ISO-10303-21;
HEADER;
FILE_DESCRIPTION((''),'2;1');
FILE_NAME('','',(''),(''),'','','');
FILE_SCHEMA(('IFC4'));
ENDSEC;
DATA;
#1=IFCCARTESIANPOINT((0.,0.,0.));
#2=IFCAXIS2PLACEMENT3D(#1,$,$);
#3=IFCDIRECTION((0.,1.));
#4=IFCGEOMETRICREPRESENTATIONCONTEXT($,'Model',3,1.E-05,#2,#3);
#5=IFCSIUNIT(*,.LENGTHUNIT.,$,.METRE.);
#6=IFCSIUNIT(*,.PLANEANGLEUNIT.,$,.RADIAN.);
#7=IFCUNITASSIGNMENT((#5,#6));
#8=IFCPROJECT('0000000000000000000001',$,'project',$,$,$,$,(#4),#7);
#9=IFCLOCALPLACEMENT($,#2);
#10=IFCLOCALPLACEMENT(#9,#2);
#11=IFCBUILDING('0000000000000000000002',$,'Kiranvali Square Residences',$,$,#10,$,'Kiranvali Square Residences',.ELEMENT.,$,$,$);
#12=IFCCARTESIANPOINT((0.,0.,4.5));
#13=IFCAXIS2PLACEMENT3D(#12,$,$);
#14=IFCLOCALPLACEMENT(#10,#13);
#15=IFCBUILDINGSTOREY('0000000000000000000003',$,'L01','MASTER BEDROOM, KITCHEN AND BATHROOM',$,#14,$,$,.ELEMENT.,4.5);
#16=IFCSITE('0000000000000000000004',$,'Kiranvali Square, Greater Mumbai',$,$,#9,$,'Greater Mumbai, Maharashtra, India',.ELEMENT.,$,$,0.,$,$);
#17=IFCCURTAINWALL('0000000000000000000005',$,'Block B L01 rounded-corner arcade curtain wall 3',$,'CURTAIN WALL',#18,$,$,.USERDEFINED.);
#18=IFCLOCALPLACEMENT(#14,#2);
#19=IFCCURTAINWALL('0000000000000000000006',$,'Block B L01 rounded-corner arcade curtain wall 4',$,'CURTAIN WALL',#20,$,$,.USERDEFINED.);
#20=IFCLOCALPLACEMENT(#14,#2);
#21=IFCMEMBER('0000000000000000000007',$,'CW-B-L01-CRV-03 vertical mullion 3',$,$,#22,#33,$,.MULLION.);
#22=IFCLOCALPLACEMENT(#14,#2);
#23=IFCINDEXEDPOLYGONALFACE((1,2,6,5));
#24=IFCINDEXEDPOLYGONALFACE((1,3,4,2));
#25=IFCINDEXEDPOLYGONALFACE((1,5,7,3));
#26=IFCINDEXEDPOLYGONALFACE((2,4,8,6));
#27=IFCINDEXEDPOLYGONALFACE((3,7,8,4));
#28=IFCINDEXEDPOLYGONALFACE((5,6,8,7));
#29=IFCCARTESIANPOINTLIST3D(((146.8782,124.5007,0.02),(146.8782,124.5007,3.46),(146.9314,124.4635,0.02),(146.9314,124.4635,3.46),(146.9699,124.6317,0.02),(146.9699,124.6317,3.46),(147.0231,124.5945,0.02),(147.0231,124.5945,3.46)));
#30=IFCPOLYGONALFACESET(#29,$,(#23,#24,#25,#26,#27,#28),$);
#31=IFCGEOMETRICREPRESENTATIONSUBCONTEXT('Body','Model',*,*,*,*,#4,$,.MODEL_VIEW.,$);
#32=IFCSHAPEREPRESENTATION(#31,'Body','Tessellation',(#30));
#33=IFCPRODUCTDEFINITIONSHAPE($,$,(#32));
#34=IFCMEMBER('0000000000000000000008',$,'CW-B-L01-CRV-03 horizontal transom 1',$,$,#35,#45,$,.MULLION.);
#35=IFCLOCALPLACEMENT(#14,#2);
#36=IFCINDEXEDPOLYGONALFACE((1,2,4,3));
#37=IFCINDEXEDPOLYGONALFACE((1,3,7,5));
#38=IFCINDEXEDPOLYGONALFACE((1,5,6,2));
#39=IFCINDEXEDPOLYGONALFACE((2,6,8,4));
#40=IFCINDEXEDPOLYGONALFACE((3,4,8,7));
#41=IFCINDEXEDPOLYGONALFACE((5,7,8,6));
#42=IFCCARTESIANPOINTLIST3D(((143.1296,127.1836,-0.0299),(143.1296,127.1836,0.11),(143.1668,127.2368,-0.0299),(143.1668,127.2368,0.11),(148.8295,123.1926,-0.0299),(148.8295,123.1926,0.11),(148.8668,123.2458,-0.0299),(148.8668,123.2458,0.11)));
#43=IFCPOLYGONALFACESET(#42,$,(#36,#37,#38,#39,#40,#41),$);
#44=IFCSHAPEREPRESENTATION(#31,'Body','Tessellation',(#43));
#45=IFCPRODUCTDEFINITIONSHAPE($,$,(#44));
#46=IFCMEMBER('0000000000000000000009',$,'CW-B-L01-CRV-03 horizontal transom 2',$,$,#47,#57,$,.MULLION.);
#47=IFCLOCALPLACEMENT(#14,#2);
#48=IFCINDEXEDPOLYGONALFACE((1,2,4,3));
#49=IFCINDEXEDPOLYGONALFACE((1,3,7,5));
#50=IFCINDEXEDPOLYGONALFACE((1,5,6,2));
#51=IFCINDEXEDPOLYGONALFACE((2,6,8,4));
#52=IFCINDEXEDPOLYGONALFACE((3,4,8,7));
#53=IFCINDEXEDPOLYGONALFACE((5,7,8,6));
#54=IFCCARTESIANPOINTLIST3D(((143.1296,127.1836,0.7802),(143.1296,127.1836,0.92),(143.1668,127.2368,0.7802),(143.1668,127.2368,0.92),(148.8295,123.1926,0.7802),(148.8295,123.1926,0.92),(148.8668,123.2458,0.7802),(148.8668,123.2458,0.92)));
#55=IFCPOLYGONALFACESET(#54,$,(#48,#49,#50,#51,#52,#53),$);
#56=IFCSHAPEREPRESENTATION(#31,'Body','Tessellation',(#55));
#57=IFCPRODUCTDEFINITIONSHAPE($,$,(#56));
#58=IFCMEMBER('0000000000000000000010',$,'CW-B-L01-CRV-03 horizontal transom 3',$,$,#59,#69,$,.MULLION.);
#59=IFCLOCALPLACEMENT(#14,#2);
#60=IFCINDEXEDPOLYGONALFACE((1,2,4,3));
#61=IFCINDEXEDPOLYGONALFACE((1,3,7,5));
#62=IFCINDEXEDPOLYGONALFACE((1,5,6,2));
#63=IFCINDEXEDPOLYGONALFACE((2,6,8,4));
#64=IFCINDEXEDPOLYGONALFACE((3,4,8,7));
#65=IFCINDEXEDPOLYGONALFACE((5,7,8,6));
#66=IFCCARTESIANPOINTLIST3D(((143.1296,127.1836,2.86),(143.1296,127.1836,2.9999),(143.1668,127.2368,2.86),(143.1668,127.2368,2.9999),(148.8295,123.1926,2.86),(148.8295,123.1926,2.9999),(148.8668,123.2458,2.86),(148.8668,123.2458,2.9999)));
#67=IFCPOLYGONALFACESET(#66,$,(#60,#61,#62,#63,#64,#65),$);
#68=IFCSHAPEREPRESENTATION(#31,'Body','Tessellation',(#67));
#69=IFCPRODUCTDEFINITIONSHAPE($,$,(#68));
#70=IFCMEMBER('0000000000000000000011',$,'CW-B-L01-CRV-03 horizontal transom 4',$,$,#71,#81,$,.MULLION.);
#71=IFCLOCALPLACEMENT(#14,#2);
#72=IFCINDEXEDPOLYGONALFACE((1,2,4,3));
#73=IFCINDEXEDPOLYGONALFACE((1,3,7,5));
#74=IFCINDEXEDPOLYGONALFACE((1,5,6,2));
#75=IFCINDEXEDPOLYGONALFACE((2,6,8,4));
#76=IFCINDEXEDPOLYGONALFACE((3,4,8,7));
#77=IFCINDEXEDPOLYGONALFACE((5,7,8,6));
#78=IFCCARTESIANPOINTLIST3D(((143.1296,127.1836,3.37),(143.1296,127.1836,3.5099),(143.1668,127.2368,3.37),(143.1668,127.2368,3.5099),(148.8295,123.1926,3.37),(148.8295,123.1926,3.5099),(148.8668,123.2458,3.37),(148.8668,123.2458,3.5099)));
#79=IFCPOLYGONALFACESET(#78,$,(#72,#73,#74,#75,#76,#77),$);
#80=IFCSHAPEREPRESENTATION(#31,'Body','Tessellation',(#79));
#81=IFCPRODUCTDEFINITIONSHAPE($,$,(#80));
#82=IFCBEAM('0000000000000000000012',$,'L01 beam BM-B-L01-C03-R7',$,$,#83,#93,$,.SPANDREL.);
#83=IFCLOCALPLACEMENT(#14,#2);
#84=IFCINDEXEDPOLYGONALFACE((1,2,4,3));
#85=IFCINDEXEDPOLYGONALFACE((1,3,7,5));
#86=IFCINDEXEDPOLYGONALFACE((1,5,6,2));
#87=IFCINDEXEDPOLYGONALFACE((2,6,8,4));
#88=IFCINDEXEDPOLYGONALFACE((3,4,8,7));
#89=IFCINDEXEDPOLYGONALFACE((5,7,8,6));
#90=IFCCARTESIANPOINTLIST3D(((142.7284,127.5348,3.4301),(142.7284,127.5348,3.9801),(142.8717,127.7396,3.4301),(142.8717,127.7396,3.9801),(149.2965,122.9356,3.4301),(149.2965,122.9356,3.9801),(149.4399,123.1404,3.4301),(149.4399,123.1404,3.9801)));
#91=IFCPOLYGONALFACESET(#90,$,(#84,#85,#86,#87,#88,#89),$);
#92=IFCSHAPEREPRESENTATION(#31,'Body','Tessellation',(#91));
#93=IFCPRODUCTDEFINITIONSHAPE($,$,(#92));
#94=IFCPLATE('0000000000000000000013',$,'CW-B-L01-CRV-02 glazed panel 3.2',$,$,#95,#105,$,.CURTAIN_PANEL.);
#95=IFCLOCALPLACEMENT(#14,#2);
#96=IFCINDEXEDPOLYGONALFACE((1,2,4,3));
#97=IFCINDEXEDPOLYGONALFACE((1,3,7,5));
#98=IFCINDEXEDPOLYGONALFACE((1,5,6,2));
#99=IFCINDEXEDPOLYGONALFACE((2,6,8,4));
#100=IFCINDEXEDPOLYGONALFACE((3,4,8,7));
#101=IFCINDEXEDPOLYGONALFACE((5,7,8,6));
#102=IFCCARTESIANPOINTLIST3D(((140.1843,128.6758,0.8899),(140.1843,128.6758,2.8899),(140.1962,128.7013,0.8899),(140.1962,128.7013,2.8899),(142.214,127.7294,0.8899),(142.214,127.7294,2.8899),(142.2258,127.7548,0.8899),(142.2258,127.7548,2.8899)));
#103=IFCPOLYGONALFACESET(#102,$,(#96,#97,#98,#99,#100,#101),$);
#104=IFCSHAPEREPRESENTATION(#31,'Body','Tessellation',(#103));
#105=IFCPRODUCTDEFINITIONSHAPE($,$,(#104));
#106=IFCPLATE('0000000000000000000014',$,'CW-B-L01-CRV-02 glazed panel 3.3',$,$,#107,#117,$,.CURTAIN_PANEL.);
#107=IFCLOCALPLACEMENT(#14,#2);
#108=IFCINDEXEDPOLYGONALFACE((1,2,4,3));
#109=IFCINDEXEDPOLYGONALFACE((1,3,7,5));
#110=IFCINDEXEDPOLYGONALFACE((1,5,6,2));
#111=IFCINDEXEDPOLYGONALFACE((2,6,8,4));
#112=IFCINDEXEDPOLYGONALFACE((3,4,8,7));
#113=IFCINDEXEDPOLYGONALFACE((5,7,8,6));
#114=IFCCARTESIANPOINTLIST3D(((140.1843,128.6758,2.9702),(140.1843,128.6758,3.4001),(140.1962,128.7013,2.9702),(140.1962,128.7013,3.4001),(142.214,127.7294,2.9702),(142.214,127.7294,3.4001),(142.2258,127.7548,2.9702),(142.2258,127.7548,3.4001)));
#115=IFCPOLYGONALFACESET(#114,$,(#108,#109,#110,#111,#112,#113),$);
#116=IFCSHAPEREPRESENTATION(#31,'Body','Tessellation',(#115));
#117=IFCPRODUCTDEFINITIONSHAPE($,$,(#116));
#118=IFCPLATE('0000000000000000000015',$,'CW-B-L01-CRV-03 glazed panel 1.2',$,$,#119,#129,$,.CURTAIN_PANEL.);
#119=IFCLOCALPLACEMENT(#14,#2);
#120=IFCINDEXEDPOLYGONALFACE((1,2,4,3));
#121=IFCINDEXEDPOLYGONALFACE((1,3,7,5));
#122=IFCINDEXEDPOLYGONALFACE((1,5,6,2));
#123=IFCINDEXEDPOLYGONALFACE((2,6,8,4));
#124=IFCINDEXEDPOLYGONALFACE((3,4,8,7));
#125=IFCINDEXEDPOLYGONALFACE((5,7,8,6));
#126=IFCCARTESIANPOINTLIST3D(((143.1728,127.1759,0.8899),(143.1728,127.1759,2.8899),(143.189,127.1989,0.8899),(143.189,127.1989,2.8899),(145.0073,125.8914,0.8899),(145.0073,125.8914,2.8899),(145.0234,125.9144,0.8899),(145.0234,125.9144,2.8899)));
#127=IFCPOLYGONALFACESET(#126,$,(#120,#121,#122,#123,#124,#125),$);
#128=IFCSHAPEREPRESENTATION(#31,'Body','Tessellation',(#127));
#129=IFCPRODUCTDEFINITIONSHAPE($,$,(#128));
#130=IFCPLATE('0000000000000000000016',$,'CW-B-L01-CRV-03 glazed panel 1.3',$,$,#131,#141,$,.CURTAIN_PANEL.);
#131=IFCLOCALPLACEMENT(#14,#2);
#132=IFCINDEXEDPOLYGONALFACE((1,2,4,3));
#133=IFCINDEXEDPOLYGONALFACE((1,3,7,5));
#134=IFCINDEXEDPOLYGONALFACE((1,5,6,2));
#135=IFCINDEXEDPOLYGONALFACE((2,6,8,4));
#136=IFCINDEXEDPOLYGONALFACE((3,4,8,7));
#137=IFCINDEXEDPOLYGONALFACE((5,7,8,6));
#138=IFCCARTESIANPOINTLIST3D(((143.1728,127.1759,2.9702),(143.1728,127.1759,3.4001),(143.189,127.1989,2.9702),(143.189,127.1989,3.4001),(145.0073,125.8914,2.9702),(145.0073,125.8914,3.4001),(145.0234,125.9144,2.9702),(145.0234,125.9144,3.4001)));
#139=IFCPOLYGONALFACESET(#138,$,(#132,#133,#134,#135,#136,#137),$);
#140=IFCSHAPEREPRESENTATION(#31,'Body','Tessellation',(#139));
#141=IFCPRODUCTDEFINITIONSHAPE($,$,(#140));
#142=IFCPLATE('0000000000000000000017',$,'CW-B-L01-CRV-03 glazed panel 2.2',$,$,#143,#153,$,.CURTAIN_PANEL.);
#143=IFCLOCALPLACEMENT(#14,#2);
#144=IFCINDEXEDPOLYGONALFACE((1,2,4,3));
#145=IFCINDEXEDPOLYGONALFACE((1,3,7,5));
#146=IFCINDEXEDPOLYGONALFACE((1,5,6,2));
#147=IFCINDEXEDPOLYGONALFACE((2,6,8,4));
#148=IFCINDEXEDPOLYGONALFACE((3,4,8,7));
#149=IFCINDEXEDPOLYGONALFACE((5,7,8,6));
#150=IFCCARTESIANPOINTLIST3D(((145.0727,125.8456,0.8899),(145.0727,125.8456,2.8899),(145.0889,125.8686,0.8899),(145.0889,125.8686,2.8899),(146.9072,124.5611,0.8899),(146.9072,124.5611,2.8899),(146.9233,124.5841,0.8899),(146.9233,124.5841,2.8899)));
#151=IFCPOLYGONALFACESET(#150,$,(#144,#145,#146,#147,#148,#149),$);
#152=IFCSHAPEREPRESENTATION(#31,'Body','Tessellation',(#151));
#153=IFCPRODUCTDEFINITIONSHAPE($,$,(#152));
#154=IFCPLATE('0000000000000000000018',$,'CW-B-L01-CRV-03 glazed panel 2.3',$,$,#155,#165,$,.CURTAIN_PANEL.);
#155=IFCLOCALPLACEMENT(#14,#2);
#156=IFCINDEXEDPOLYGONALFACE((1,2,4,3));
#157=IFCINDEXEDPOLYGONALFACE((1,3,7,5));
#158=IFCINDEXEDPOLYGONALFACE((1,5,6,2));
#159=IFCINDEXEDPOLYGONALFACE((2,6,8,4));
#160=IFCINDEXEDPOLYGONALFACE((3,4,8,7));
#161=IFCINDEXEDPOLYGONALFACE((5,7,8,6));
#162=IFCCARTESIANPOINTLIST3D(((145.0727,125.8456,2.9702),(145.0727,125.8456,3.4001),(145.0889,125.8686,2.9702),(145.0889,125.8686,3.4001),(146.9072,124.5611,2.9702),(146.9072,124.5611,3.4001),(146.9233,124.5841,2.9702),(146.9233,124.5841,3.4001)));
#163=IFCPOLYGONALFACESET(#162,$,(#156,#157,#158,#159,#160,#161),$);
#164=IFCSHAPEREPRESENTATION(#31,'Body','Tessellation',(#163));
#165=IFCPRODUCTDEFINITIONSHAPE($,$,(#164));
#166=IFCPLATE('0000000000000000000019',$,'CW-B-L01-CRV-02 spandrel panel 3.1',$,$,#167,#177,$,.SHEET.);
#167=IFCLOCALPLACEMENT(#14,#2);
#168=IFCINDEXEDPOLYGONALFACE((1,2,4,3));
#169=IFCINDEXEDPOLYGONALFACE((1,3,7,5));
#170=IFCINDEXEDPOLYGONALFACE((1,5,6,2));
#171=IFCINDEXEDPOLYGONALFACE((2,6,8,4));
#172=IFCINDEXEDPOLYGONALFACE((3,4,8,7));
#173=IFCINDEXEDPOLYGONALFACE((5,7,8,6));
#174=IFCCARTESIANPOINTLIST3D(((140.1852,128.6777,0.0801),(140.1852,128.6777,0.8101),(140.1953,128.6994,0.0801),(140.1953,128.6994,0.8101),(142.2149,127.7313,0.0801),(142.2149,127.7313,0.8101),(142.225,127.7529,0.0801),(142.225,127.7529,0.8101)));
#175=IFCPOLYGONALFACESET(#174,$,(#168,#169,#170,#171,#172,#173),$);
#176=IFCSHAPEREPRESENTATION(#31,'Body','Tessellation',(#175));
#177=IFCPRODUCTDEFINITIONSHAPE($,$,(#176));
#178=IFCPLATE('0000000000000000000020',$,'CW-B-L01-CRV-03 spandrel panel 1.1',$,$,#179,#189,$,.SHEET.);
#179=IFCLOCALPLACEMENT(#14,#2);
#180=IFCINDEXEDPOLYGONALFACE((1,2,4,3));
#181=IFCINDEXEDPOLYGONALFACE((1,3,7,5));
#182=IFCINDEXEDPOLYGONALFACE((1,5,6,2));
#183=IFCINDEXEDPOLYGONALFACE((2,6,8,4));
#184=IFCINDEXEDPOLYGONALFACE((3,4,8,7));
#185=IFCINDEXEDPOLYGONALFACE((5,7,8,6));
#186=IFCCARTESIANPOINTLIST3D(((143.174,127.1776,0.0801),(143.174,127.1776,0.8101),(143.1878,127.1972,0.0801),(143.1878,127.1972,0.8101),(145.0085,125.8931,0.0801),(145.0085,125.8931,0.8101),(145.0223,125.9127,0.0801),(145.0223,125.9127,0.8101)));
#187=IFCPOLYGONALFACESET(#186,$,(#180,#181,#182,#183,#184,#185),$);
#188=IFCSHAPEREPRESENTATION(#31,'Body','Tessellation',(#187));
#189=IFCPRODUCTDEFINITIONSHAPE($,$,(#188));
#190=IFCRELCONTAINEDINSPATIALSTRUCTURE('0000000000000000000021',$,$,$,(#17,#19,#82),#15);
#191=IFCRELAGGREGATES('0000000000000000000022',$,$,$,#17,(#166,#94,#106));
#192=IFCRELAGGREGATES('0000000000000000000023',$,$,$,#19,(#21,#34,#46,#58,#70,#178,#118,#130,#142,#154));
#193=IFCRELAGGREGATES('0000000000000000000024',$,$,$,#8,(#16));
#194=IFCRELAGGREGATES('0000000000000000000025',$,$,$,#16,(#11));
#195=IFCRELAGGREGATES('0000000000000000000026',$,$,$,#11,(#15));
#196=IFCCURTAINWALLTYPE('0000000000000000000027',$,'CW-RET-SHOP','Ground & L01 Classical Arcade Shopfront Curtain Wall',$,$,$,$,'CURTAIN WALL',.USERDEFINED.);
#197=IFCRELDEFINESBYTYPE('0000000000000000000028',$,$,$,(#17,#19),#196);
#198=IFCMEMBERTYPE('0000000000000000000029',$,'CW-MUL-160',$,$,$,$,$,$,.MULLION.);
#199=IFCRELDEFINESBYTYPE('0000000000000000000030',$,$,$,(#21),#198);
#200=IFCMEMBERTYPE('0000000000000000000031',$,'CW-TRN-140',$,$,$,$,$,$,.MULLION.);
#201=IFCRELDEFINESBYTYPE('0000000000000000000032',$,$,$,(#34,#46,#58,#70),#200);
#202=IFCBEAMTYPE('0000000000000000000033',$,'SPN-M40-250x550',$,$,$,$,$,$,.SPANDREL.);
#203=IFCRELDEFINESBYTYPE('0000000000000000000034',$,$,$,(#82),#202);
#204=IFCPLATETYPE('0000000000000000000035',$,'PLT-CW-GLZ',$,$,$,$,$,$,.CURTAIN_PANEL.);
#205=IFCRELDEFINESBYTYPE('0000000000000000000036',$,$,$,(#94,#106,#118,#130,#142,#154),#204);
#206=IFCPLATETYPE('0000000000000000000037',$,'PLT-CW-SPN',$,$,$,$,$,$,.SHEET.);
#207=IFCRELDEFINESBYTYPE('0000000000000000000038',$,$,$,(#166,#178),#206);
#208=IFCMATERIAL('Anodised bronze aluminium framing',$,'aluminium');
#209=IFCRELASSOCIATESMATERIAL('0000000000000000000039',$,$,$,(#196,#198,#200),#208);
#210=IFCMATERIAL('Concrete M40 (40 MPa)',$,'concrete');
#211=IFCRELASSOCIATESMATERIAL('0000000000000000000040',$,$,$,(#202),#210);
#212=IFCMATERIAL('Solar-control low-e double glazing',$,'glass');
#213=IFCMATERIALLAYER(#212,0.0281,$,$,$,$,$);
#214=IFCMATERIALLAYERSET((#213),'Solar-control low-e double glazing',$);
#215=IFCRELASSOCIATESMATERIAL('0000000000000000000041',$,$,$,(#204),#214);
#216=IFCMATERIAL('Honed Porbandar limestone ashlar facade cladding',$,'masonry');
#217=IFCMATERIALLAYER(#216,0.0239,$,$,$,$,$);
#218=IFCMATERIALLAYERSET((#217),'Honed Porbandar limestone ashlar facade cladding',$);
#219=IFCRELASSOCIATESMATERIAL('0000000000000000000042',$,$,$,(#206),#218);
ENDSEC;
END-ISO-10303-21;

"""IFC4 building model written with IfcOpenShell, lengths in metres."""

from ifc_helpers import new_model, si_unit, direction, frame, origin, origin_2d, place, context, subcontext, project, spatial, rectangle, extrude, material, layer, layer_set, material_profile, profile_set, type_object, element, aggregate, save


model = new_model("IFC4")

# Units and contexts
model_context = context("Model", 3, precision=1e-05, world=origin(), true_north=direction((0.0, 1.0)))
body_context = subcontext(model_context, "Body", "Model", "MODEL_VIEW")
ifc_project = project(units=[si_unit("LENGTHUNIT", "METRE"), si_unit("PLANEANGLEUNIT", "RADIAN")], contexts=[model_context])

# Site, building, storey
site_placement = place(None, origin())
site = spatial("IfcSite", under=ifc_project, at=site_placement, Name="Kiranvali Square, Greater Mumbai", LongName="Greater Mumbai, Maharashtra, India", CompositionType="ELEMENT", RefElevation=0.0)
building_placement = place(site_placement, origin())
building = spatial("IfcBuilding", under=site, at=building_placement, Name="Kiranvali Square Residences", LongName="Kiranvali Square Residences", CompositionType="ELEMENT")
storey_placement = place(building_placement, frame((0.0, 0.0, 4.5)))
storey = spatial("IfcBuildingStorey", under=building, at=storey_placement, Name="L01", Description="MASTER BEDROOM, KITCHEN AND BATHROOM", CompositionType="ELEMENT", Elevation=4.5)

# Shared definitions
ifc_material_1 = material(Name="Concrete M40 (40 MPa)", Category="concrete")

# Curtain walls, members
ifc_material_2 = material(Name="Anodised bronze aluminium framing", Category="aluminium")
curtain_wall_type = type_object("IfcCurtainWallType", Name="CW-RET-SHOP", Description="Ground & L01 Classical Arcade Shopfront Curtain Wall", ElementType="CURTAIN WALL", PredefinedType="USERDEFINED", material=ifc_material_2)
curtain_wall_1_placement = place(storey_placement, origin())
curtain_wall_1 = element("IfcCurtainWall", 1, at=curtain_wall_1_placement, inside=storey, type_object=curtain_wall_type, Name="Block B L01 rounded-corner arcade curtain wall 3", ObjectType="CURTAIN WALL", PredefinedType="USERDEFINED")
ifc_material_profile_1 = material_profile(ifc_material_2, rectangle(XDim=0.0649, YDim=0.1599, at=origin_2d()), Name="ALU 65x160")
ifc_profile_set_1 = profile_set([ifc_material_profile_1], Name="Anodised bronze aluminium framing")
member_type_1 = type_object("IfcMemberType", Name="CW-MUL-160", PredefinedType="MULLION", material=ifc_profile_set_1)
curtain_wall_2_placement = place(storey_placement, origin())
curtain_wall_2 = element("IfcCurtainWall", 2, at=curtain_wall_2_placement, inside=storey, type_object=curtain_wall_type, Name="Block B L01 rounded-corner arcade curtain wall 4", ObjectType="CURTAIN WALL", PredefinedType="USERDEFINED")
member_1_placement = place(storey_placement, frame((146.9507, 124.5476, 0.02), z_axis=(0.0, 0.0, 1.0), x_axis=(0.819152, -0.573576, 0.0)))
member_1 = element("IfcMember", 3, at=member_1_placement, type_object=member_type_1, Name="CW-B-L01-CRV-03 vertical mullion 3", PredefinedType="MULLION", context=body_context, shape_type="SweptSolid", body=[
    extrude(rectangle(XDim=0.0649, YDim=0.1599, at=origin_2d()), origin(), (0.0, 0.0, 1.0), 3.4399),
])
ifc_material_profile_2 = material_profile(ifc_material_2, rectangle(XDim=0.0649, YDim=0.1399, at=origin_2d()), Name="ALU 65x140")
ifc_profile_set_2 = profile_set([ifc_material_profile_2], Name="Anodised bronze aluminium framing")
member_type_2 = type_object("IfcMemberType", Name="CW-TRN-140", PredefinedType="MULLION", material=ifc_profile_set_2)
member_2_placement = place(storey_placement, frame((143.1482, 127.2102, 0.04), z_axis=(0.819164, -0.573559, 0.0), x_axis=(0.573559, 0.819164, 0.0)))
member_2 = element("IfcMember", 4, at=member_2_placement, type_object=member_type_2, Name="CW-B-L01-CRV-03 horizontal transom 1", PredefinedType="MULLION", context=body_context, shape_type="SweptSolid", body=[
    extrude(rectangle(XDim=0.0649, YDim=0.1399, at=origin_2d()), origin(), (0.0, 0.0, 1.0), 6.9583),
])
member_3_placement = place(storey_placement, frame((143.1482, 127.2102, 0.8501), z_axis=(0.819164, -0.573559, 0.0), x_axis=(0.573559, 0.819164, 0.0)))
member_3 = element("IfcMember", 5, at=member_3_placement, type_object=member_type_2, Name="CW-B-L01-CRV-03 horizontal transom 2", PredefinedType="MULLION", context=body_context, shape_type="SweptSolid", body=[
    extrude(rectangle(XDim=0.0649, YDim=0.1399, at=origin_2d()), origin(), (0.0, 0.0, 1.0), 6.9583),
])
member_4_placement = place(storey_placement, frame((143.1482, 127.2102, 2.9299), z_axis=(0.819164, -0.573559, 0.0), x_axis=(0.573559, 0.819164, 0.0)))
member_4 = element("IfcMember", 6, at=member_4_placement, type_object=member_type_2, Name="CW-B-L01-CRV-03 horizontal transom 3", PredefinedType="MULLION", context=body_context, shape_type="SweptSolid", body=[
    extrude(rectangle(XDim=0.0649, YDim=0.1399, at=origin_2d()), origin(), (0.0, 0.0, 1.0), 6.9583),
])
member_5_placement = place(storey_placement, frame((143.1482, 127.2102, 3.4399), z_axis=(0.819164, -0.573559, 0.0), x_axis=(0.573559, 0.819164, 0.0)))
member_5 = element("IfcMember", 7, at=member_5_placement, type_object=member_type_2, Name="CW-B-L01-CRV-03 horizontal transom 4", PredefinedType="MULLION", context=body_context, shape_type="SweptSolid", body=[
    extrude(rectangle(XDim=0.0649, YDim=0.1399, at=origin_2d()), origin(), (0.0, 0.0, 1.0), 6.9583),
])

# Beam
ifc_material_profile_3 = material_profile(ifc_material_1, rectangle(XDim=0.25, YDim=0.55, at=origin_2d()), Name="RC 250x550")
ifc_profile_set_3 = profile_set([ifc_material_profile_3], Name="Concrete M40 (40 MPa)")
beam_type_1 = type_object("IfcBeamType", Name="SPN-M40-250x550", PredefinedType="SPANDREL", material=ifc_profile_set_3)
beam_1_placement = place(storey_placement, frame((142.8, 127.6372, 3.7051), z_axis=(0.819148, -0.573583, 0.0), x_axis=(0.573583, 0.819148, 0.0)))
element("IfcBeam", 8, at=beam_1_placement, inside=storey, type_object=beam_type_1, Name="L01 beam BM-B-L01-C03-R7", PredefinedType="SPANDREL", context=body_context, shape_type="SweptSolid", body=[
    extrude(rectangle(XDim=0.25, YDim=0.55, at=origin_2d()), origin(), (0.0, 0.0, 1.0), 8.0183),
])

# Plates
ifc_material_3 = material(Name="Solar-control low-e double glazing", Category="glass")
ifc_layer_1 = layer(ifc_material_3, 0.0281)
ifc_layer_set_1 = layer_set([ifc_layer_1], Name="Solar-control low-e double glazing")
plate_type_1 = type_object("IfcPlateType", Name="PLT-CW-GLZ", PredefinedType="CURTAIN_PANEL", material=ifc_layer_set_1)
plate_1_placement = place(storey_placement, frame((141.2051, 128.2153, 0.8899), z_axis=(0.0, 0.0, 1.0), x_axis=(0.906308, -0.422618, 0.0)))
plate_1 = element("IfcPlate", 9, at=plate_1_placement, type_object=plate_type_1, Name="CW-B-L01-CRV-02 glazed panel 3.2", PredefinedType="CURTAIN_PANEL", context=body_context, shape_type="SweptSolid", body=[
    extrude(rectangle(XDim=2.2395, YDim=0.0281, at=origin_2d()), origin(), (0.0, 0.0, 1.0), 2.0),
])
plate_2_placement = place(storey_placement, frame((141.2051, 128.2153, 2.9702), z_axis=(0.0, 0.0, 1.0), x_axis=(0.906308, -0.422618, 0.0)))
plate_2 = element("IfcPlate", 10, at=plate_2_placement, type_object=plate_type_1, Name="CW-B-L01-CRV-02 glazed panel 3.3", PredefinedType="CURTAIN_PANEL", context=body_context, shape_type="SweptSolid", body=[
    extrude(rectangle(XDim=2.2395, YDim=0.0281, at=origin_2d()), origin(), (0.0, 0.0, 1.0), 0.4299),
])
plate_3_placement = place(storey_placement, frame((144.0981, 126.5452, 0.8899), z_axis=(0.0, 0.0, 1.0), x_axis=(0.819152, -0.573576, 0.0)))
plate_3 = element("IfcPlate", 11, at=plate_3_placement, type_object=plate_type_1, Name="CW-B-L01-CRV-03 glazed panel 1.2", PredefinedType="CURTAIN_PANEL", context=body_context, shape_type="SweptSolid", body=[
    extrude(rectangle(XDim=2.2395, YDim=0.0281, at=origin_2d()), origin(), (0.0, 0.0, 1.0), 2.0),
])
plate_4_placement = place(storey_placement, frame((144.0981, 126.5452, 2.9702), z_axis=(0.0, 0.0, 1.0), x_axis=(0.819152, -0.573576, 0.0)))
plate_4 = element("IfcPlate", 12, at=plate_4_placement, type_object=plate_type_1, Name="CW-B-L01-CRV-03 glazed panel 1.3", PredefinedType="CURTAIN_PANEL", context=body_context, shape_type="SweptSolid", body=[
    extrude(rectangle(XDim=2.2395, YDim=0.0281, at=origin_2d()), origin(), (0.0, 0.0, 1.0), 0.4299),
])
plate_5_placement = place(storey_placement, frame((145.998, 125.2148, 0.8899), z_axis=(0.0, 0.0, 1.0), x_axis=(0.819152, -0.573576, 0.0)))
plate_5 = element("IfcPlate", 13, at=plate_5_placement, type_object=plate_type_1, Name="CW-B-L01-CRV-03 glazed panel 2.2", PredefinedType="CURTAIN_PANEL", context=body_context, shape_type="SweptSolid", body=[
    extrude(rectangle(XDim=2.2395, YDim=0.0281, at=origin_2d()), origin(), (0.0, 0.0, 1.0), 2.0),
])
plate_6_placement = place(storey_placement, frame((145.998, 125.2148, 2.9702), z_axis=(0.0, 0.0, 1.0), x_axis=(0.819152, -0.573576, 0.0)))
plate_6 = element("IfcPlate", 14, at=plate_6_placement, type_object=plate_type_1, Name="CW-B-L01-CRV-03 glazed panel 2.3", PredefinedType="CURTAIN_PANEL", context=body_context, shape_type="SweptSolid", body=[
    extrude(rectangle(XDim=2.2395, YDim=0.0281, at=origin_2d()), origin(), (0.0, 0.0, 1.0), 0.4299),
])
ifc_material_4 = material(Name="Honed Porbandar limestone ashlar facade cladding", Category="masonry")
ifc_layer_2 = layer(ifc_material_4, 0.0239)
ifc_layer_set_2 = layer_set([ifc_layer_2], Name="Honed Porbandar limestone ashlar facade cladding")
plate_type_2 = type_object("IfcPlateType", Name="PLT-CW-SPN", PredefinedType="SHEET", material=ifc_layer_set_2)
plate_7_placement = place(storey_placement, frame((141.2051, 128.2153, 0.0801), z_axis=(0.0, 0.0, 1.0), x_axis=(0.906308, -0.422618, 0.0)))
plate_7 = element("IfcPlate", 15, at=plate_7_placement, type_object=plate_type_2, Name="CW-B-L01-CRV-02 spandrel panel 3.1", PredefinedType="SHEET", context=body_context, shape_type="SweptSolid", body=[
    extrude(rectangle(XDim=2.2395, YDim=0.0239, at=origin_2d()), origin(), (0.0, 0.0, 1.0), 0.73),
])
aggregate(curtain_wall_1, [plate_7, plate_1, plate_2])
plate_8_placement = place(storey_placement, frame((144.0981, 126.5452, 0.0801), z_axis=(0.0, 0.0, 1.0), x_axis=(0.819152, -0.573576, 0.0)))
plate_8 = element("IfcPlate", 16, at=plate_8_placement, type_object=plate_type_2, Name="CW-B-L01-CRV-03 spandrel panel 1.1", PredefinedType="SHEET", context=body_context, shape_type="SweptSolid", body=[
    extrude(rectangle(XDim=2.2395, YDim=0.0239, at=origin_2d()), origin(), (0.0, 0.0, 1.0), 0.73),
])
aggregate(curtain_wall_2, [member_1, member_2, member_3, member_4, member_5, plate_8, plate_3, plate_4, plate_5, plate_6])

save(model, "model.ifc")
